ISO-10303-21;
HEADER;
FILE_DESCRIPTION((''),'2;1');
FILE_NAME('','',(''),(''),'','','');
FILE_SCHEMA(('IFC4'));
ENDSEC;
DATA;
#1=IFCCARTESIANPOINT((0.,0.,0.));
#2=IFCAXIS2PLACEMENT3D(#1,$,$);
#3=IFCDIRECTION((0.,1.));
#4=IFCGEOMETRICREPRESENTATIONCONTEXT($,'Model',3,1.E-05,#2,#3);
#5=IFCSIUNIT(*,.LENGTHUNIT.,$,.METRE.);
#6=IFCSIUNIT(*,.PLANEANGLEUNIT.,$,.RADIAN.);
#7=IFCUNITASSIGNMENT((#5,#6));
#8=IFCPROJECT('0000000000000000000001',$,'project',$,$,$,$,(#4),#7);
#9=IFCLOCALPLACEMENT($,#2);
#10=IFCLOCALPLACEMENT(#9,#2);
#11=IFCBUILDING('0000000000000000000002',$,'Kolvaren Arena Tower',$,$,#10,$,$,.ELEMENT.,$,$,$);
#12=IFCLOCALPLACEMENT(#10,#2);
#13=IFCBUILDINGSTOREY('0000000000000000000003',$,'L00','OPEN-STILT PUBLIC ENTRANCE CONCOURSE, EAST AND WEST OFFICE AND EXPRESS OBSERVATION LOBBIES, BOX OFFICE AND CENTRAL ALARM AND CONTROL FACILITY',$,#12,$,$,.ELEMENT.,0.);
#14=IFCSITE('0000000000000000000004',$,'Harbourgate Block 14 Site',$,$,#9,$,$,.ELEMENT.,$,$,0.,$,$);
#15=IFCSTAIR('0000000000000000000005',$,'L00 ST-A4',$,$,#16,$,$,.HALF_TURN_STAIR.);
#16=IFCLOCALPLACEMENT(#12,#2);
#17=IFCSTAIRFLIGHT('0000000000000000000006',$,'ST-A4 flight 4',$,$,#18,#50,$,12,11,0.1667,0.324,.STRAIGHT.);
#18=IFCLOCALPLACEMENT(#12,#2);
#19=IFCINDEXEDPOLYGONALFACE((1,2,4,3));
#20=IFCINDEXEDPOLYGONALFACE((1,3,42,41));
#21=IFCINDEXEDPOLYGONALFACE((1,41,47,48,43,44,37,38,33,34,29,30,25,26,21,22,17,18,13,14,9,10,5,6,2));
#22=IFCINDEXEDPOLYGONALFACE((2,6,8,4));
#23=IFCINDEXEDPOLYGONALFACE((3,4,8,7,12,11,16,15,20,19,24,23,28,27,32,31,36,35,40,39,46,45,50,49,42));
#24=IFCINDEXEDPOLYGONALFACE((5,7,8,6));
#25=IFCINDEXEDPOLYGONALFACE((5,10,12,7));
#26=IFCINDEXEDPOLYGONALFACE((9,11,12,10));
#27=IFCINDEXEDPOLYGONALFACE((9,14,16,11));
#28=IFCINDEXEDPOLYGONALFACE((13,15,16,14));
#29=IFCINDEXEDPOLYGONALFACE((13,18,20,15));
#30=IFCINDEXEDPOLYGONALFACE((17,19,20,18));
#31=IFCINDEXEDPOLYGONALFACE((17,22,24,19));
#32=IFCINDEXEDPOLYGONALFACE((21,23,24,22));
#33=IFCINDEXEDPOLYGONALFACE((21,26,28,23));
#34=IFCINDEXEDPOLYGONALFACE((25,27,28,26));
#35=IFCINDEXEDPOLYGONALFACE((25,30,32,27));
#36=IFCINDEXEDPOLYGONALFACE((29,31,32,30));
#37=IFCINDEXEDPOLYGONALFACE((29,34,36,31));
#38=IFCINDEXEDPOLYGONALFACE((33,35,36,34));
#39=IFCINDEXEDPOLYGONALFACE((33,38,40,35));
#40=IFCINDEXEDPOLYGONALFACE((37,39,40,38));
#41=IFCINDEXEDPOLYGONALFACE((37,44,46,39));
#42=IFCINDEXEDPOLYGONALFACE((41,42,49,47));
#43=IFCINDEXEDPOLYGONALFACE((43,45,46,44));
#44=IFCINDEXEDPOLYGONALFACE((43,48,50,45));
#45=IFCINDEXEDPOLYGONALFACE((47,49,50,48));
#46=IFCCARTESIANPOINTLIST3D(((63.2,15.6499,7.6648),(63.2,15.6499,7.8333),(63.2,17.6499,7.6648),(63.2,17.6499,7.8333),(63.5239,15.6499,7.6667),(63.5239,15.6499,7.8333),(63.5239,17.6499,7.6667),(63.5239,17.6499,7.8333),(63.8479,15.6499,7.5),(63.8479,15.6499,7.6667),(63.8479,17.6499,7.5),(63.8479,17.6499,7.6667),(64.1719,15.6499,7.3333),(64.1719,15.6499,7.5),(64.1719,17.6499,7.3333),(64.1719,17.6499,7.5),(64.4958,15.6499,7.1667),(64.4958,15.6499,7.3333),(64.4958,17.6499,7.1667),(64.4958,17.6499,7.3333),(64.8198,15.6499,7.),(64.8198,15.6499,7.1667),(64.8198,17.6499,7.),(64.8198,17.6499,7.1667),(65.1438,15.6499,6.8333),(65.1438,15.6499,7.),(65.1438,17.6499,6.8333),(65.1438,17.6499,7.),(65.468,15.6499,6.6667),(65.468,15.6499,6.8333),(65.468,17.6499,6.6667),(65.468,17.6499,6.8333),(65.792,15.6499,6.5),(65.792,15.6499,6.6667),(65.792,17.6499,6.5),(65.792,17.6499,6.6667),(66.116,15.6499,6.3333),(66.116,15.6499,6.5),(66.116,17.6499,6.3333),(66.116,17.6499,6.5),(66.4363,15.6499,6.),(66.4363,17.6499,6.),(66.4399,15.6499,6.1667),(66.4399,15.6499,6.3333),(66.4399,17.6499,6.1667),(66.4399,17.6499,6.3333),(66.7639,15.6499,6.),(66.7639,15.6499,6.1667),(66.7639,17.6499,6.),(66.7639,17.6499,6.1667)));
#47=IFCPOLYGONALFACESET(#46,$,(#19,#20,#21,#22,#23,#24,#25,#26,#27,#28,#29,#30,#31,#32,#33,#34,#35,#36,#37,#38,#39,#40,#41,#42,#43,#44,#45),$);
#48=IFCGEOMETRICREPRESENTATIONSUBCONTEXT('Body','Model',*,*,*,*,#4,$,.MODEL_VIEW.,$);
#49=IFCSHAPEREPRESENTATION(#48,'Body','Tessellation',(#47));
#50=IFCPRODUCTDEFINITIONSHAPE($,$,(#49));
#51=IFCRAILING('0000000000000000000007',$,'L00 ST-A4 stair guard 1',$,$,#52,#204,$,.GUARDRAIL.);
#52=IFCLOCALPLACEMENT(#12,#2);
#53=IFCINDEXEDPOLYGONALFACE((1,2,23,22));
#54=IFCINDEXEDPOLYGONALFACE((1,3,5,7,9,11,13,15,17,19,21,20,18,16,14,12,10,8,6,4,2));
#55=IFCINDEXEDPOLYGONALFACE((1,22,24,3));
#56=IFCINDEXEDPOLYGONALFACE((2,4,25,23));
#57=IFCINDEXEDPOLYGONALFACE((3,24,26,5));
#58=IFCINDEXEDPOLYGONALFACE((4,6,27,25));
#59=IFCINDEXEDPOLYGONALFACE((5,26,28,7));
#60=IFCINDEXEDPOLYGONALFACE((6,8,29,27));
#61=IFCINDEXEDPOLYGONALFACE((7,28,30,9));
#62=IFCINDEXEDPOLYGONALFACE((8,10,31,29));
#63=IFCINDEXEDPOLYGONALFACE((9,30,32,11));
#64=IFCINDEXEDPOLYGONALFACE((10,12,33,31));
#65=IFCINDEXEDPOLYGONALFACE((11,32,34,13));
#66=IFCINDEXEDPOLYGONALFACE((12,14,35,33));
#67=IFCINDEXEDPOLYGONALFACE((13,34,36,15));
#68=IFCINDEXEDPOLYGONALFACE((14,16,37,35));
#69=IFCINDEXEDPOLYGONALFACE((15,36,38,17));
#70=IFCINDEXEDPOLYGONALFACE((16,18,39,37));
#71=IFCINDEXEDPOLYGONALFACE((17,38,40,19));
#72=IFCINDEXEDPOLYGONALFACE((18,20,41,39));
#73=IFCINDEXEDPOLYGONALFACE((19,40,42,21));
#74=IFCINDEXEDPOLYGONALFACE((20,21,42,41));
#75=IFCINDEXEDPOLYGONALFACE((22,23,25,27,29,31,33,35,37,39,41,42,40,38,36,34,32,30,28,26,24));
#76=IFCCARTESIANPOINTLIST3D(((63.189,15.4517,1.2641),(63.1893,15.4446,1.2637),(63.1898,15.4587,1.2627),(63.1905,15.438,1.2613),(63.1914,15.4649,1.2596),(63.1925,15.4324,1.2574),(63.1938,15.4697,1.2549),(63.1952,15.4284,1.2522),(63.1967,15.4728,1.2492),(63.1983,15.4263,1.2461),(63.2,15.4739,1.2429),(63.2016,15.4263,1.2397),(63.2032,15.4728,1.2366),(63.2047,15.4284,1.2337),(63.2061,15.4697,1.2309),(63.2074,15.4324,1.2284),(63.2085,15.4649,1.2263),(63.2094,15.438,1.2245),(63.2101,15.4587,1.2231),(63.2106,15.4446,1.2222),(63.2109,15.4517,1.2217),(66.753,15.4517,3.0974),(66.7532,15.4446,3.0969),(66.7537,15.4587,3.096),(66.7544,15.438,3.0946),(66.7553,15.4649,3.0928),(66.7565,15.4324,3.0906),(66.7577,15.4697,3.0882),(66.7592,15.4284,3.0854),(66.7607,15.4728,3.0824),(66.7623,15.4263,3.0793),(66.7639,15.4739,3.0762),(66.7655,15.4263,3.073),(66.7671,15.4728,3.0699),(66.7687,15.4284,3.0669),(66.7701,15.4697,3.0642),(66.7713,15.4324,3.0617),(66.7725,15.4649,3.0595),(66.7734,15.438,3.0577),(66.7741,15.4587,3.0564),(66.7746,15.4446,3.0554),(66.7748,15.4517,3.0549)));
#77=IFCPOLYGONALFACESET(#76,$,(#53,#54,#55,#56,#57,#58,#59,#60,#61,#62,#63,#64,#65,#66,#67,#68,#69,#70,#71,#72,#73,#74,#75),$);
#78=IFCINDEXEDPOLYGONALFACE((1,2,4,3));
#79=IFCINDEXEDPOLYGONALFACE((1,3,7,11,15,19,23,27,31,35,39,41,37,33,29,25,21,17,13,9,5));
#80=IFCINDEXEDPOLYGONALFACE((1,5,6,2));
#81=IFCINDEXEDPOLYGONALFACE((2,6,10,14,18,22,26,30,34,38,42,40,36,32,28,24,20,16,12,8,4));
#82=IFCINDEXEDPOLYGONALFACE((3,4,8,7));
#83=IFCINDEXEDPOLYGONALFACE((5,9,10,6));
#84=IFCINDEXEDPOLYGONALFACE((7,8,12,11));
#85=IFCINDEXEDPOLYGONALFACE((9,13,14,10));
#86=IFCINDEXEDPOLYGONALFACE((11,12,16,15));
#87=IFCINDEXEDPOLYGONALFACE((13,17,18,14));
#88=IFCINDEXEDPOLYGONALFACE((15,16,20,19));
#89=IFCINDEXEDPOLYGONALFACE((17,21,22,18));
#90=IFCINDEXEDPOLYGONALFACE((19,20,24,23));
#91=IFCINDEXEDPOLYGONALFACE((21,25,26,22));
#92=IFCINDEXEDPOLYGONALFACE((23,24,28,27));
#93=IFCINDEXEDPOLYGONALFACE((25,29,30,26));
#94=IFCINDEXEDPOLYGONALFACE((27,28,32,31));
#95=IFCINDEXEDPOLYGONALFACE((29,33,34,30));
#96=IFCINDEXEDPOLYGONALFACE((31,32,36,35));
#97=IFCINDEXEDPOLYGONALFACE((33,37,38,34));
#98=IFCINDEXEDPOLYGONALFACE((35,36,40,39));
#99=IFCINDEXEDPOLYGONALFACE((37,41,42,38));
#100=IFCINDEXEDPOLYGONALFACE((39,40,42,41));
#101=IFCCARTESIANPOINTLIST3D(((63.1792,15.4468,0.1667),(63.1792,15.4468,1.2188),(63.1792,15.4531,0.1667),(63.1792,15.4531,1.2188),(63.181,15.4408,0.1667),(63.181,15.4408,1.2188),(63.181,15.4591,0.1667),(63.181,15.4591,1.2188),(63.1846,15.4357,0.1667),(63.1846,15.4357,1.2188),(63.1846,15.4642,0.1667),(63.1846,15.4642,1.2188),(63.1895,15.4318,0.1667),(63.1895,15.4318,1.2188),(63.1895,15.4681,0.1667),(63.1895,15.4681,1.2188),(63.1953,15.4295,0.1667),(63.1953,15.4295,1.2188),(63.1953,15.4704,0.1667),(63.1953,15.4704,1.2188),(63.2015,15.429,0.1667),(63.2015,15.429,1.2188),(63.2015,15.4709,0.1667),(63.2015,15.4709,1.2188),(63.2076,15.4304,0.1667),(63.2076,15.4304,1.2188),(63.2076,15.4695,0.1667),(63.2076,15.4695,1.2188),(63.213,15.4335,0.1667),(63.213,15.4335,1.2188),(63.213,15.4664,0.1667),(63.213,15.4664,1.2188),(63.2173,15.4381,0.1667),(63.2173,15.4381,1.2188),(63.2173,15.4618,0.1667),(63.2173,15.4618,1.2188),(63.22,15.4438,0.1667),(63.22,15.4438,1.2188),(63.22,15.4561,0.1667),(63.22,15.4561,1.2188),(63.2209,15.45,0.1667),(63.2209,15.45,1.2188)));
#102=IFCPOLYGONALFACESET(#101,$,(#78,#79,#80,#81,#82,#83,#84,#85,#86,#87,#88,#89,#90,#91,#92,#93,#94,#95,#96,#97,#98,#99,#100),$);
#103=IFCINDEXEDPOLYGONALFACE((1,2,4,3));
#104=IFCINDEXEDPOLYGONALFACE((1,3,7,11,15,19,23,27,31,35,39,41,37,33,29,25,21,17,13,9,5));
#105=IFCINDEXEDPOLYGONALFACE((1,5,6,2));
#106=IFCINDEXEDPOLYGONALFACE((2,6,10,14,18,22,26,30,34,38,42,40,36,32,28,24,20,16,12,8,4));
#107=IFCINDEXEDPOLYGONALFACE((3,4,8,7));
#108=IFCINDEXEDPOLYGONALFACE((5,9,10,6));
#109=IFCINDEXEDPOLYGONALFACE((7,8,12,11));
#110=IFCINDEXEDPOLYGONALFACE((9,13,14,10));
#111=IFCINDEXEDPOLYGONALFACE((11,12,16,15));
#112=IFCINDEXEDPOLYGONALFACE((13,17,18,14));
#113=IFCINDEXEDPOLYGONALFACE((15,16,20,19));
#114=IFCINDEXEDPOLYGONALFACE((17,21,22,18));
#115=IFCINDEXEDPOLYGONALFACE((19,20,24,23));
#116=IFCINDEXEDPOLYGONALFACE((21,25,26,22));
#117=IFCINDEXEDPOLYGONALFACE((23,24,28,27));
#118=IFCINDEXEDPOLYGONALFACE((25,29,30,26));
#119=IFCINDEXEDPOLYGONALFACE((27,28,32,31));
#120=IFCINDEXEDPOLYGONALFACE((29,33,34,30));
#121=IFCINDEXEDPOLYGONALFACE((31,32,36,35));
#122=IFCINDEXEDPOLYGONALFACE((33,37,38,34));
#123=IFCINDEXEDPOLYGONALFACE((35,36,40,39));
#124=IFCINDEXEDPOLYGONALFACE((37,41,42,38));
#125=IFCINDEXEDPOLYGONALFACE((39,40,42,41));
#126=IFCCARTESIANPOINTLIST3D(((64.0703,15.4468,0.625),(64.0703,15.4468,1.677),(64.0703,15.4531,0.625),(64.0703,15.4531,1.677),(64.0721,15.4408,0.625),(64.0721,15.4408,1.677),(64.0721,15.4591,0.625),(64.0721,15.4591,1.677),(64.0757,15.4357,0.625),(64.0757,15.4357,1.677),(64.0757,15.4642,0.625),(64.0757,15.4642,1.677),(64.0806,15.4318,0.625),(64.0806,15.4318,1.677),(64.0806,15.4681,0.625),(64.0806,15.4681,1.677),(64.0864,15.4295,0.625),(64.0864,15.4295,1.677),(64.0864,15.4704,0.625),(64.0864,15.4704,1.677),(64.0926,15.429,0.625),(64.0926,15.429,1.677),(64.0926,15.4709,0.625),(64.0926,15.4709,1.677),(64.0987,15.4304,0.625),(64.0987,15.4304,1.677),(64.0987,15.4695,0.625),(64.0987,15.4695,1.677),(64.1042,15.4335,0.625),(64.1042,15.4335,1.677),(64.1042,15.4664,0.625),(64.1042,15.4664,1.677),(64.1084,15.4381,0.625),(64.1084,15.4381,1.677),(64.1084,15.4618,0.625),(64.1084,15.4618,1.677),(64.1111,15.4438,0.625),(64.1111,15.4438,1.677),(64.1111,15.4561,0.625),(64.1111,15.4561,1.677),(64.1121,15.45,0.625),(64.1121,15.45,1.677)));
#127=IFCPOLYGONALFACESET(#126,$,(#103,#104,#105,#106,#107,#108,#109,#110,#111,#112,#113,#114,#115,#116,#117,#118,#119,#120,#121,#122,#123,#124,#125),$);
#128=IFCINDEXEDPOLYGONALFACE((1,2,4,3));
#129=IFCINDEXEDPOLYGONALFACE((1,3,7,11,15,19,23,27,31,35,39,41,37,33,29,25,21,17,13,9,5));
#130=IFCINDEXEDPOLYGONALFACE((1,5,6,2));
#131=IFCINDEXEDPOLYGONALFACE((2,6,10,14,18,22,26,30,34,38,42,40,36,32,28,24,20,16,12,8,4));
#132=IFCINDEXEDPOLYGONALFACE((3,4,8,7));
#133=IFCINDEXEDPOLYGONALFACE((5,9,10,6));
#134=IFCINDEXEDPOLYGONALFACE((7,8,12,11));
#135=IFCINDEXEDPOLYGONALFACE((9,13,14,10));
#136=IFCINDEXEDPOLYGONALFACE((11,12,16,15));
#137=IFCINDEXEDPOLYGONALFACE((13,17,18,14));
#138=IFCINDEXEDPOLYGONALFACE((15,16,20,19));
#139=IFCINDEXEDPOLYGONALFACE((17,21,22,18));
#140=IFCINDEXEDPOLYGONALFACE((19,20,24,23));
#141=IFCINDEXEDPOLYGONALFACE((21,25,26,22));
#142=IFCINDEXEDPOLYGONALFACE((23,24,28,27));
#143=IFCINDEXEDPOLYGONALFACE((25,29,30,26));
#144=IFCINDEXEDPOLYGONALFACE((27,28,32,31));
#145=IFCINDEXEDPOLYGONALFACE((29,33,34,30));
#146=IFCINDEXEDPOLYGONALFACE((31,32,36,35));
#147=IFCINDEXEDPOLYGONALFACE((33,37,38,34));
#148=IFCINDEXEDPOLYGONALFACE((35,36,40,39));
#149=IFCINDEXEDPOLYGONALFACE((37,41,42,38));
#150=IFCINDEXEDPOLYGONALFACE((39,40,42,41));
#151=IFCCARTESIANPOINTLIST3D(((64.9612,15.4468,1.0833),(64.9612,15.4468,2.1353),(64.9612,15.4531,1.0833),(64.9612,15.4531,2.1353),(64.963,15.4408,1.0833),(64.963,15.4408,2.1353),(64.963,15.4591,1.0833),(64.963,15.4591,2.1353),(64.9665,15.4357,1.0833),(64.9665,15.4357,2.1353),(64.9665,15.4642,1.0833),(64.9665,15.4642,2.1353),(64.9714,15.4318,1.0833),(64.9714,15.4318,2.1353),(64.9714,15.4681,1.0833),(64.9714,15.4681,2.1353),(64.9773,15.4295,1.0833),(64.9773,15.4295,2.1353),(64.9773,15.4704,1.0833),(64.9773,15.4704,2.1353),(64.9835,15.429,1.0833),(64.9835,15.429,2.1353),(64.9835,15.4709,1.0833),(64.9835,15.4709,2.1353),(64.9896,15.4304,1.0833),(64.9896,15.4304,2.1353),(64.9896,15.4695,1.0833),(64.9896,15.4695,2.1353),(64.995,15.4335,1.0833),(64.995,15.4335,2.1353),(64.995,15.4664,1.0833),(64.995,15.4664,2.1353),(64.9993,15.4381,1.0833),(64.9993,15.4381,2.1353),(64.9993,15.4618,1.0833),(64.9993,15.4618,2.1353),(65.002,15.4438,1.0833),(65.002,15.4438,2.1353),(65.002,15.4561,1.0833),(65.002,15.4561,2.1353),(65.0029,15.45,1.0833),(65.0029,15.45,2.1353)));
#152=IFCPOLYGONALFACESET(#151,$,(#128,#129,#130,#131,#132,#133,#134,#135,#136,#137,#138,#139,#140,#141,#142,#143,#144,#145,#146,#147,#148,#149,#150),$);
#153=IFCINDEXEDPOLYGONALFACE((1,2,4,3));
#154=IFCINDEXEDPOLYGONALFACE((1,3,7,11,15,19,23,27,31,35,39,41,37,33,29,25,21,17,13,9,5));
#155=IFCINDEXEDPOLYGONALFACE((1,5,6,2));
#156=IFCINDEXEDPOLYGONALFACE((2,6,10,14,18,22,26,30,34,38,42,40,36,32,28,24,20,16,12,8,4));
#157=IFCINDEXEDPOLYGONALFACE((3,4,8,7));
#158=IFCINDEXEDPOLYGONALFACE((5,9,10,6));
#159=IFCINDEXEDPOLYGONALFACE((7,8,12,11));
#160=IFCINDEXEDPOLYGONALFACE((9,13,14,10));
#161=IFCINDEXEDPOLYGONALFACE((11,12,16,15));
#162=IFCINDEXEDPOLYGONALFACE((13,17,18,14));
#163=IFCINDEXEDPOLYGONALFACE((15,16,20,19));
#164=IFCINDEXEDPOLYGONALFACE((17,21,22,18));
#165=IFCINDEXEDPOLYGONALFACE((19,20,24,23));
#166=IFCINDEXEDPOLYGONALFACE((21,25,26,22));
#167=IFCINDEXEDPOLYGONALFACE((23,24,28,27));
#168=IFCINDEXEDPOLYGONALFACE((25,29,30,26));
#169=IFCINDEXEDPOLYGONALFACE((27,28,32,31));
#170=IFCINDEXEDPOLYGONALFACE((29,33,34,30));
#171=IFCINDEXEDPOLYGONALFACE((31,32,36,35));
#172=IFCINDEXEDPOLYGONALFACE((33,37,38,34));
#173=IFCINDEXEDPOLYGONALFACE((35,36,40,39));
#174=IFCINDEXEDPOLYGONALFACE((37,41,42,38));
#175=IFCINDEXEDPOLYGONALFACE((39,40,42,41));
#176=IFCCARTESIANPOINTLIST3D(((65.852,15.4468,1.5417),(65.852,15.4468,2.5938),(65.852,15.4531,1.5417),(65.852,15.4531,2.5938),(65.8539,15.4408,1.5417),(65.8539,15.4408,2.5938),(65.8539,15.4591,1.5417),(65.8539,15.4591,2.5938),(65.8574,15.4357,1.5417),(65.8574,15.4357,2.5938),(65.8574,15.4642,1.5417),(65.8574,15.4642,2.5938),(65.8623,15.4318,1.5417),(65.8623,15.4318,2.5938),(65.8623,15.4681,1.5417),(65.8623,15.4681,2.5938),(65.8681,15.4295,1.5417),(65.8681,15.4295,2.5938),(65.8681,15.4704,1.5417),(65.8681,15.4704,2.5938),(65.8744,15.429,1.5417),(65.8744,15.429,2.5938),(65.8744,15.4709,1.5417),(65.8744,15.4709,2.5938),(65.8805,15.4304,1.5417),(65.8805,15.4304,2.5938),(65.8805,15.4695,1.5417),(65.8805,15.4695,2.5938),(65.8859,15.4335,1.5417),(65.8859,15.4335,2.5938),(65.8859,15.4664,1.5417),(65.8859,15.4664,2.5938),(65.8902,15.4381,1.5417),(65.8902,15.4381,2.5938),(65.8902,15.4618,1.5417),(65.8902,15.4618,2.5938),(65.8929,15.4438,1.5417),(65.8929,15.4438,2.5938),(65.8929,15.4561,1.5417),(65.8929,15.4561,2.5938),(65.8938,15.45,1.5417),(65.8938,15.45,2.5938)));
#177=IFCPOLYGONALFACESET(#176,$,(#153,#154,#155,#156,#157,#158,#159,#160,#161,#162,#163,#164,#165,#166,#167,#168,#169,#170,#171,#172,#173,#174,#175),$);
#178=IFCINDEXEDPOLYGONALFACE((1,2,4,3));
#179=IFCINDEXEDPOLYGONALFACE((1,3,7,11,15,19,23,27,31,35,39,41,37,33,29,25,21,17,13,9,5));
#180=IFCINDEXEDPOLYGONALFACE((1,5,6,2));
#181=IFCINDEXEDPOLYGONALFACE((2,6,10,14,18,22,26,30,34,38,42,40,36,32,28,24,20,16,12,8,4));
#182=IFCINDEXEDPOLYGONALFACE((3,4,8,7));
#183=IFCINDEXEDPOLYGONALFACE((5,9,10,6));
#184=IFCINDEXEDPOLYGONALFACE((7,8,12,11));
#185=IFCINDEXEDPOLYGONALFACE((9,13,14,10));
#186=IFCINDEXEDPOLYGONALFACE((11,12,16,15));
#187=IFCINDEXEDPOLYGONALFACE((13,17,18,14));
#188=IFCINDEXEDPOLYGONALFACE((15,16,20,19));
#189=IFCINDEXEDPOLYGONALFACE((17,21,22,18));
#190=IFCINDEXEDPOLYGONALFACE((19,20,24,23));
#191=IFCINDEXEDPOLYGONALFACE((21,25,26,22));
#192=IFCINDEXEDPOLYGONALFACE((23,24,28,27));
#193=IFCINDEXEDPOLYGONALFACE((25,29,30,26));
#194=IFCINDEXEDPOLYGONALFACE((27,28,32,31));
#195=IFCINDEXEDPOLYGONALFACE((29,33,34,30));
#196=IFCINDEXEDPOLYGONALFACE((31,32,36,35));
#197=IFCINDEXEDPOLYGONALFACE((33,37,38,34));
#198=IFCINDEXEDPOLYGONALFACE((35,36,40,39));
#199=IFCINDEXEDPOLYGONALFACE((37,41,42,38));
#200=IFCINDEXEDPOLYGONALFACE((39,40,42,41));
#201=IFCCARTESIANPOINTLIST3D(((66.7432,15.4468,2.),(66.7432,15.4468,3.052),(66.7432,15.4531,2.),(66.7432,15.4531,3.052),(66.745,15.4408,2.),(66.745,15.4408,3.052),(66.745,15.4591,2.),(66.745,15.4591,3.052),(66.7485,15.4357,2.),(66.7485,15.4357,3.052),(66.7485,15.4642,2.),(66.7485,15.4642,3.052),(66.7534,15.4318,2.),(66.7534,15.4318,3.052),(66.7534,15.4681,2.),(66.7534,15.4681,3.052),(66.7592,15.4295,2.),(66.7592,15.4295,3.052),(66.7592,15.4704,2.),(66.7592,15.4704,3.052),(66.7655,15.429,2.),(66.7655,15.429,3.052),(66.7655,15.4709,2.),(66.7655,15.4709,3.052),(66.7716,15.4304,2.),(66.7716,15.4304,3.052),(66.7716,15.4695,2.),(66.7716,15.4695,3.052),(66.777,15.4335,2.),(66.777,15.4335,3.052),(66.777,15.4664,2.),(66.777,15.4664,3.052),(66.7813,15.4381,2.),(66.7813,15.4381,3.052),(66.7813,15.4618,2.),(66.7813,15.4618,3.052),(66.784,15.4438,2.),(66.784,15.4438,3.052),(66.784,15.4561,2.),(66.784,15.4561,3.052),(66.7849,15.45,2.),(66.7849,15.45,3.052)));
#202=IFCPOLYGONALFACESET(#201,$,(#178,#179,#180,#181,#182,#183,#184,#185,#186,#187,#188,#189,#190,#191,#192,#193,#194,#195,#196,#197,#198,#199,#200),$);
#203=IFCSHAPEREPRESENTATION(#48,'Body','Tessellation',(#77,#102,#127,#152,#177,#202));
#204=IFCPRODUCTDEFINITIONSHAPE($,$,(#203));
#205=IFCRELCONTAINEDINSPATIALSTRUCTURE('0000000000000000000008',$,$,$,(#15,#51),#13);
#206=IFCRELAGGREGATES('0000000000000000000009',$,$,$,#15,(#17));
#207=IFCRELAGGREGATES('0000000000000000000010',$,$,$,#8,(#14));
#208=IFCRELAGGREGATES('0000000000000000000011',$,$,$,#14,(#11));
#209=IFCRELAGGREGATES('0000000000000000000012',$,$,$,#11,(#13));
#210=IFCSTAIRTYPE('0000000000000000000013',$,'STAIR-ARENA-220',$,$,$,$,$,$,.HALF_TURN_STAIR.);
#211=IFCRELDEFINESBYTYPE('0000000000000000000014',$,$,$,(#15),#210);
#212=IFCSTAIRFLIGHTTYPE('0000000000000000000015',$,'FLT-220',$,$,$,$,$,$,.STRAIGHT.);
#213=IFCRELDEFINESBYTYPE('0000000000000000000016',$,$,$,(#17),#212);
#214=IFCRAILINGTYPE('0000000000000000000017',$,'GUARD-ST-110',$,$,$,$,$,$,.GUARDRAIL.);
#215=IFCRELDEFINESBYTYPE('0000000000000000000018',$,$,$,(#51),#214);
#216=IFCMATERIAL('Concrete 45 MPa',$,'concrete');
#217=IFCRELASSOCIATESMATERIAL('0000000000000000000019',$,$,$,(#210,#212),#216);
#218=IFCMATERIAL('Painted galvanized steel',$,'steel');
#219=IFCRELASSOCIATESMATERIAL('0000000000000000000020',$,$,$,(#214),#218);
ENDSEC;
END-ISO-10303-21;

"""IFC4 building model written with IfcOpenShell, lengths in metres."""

from ifc_helpers import new_model, si_unit, direction, frame, origin, origin_2d, place, context, subcontext, project, spatial, polyline, circle, outline, extrude, material, type_object, element, aggregate, save


model = new_model("IFC4")

# Units and contexts
model_context = context("Model", 3, precision=1e-05, world=origin(), true_north=direction((0.0, 1.0)))
body_context = subcontext(model_context, "Body", "Model", "MODEL_VIEW")
ifc_project = project(units=[si_unit("LENGTHUNIT", "METRE"), si_unit("PLANEANGLEUNIT", "RADIAN")], contexts=[model_context])

# Site, building, storey
site_placement = place(None, origin())
site = spatial("IfcSite", under=ifc_project, at=site_placement, Name="Harbourgate Block 14 Site", CompositionType="ELEMENT", RefElevation=0.0)
building_placement = place(site_placement, origin())
building = spatial("IfcBuilding", under=site, at=building_placement, Name="Kolvaren Arena Tower", CompositionType="ELEMENT")
storey_placement = place(building_placement, origin())
storey = spatial("IfcBuildingStorey", under=building, at=storey_placement, Name="L00", Description="OPEN-STILT PUBLIC ENTRANCE CONCOURSE, EAST AND WEST OFFICE AND EXPRESS OBSERVATION LOBBIES, BOX OFFICE AND CENTRAL ALARM AND CONTROL FACILITY", CompositionType="ELEMENT", Elevation=0.0)

# Shared definitions
ifc_material_1 = material(Name="Concrete 45 MPa", Category="concrete")

# Stair, stair flight
stair_type = type_object("IfcStairType", Name="STAIR-ARENA-220", PredefinedType="HALF_TURN_STAIR", material=ifc_material_1)
stair_placement = place(storey_placement, origin())
stair = element("IfcStair", 1, at=stair_placement, inside=storey, type_object=stair_type, Name="L00 ST-A4", PredefinedType="HALF_TURN_STAIR")
stair_flight_type = type_object("IfcStairFlightType", Name="FLT-220", PredefinedType="STRAIGHT", material=ifc_material_1)
stair_flight_1_placement = place(storey_placement, frame((66.7639, 16.6499, 6.0), z_axis=(0.0, 0.0, 1.0), x_axis=(-1.0, 0.0, 0.0)))
stair_flight_1 = element("IfcStairFlight", 2, at=stair_flight_1_placement, type_object=stair_flight_type, Name="ST-A4 flight 4", NumberOfRisers=12, NumberOfTreads=11, PredefinedType="STRAIGHT", RiserHeight=0.1667, TreadLength=0.324, context=body_context, shape_type="SweptSolid", body=[
    extrude(outline(polyline([(0.0, 0.0), (0.0, 0.1667), (0.324, 0.1667), (0.324, 0.3333), (0.6479, 0.3333), (0.6479, 0.5), (0.9719, 0.5), (0.9719, 0.6667), (1.2959, 0.6667), (1.2959, 0.8333), (1.6201, 0.8333), (1.6201, 1.0), (1.9441, 1.0), (1.9441, 1.1667), (2.2681, 1.1667), (2.2681, 1.3333), (2.592, 1.3333), (2.592, 1.5), (2.916, 1.5), (2.916, 1.6667), (3.24, 1.6667), (3.24, 1.8333), (3.564, 1.8333), (3.564, 2.0), (3.564, 1.6648), (0.3276, 0.0), (0.0, 0.0)])), frame((0.0, 1.0, 0.0), z_axis=(0.0, -1.0, 0.0), x_axis=(1.0, 0.0, 0.0)), (0.0, 0.0, 1.0), 2.0),
])
aggregate(stair, [stair_flight_1])

# Railing
ifc_material_2 = material(Name="Painted galvanized steel", Category="steel")
railing_type_1 = type_object("IfcRailingType", Name="GUARD-ST-110", PredefinedType="GUARDRAIL", material=ifc_material_2)
railing_1_placement = place(storey_placement, frame((63.2, 15.45, 0.1667)))
element("IfcRailing", 3, at=railing_1_placement, inside=storey, type_object=railing_type_1, Name="L00 ST-A4 stair guard 1", PredefinedType="GUARDRAIL", context=body_context, shape_type="SweptSolid", body=[
    extrude(circle(Radius=0.0239, at=origin_2d()), frame((0.0, 0.0, 1.0762), z_axis=(0.889252, 0.0, 0.457418), x_axis=(0.0, 1.0, 0.0)), (0.0, 0.0, 1.0), 4.0078),
    extrude(circle(Radius=0.021, at=origin_2d()), origin(), (0.0, 0.0, 1.0), 1.052),
    extrude(circle(Radius=0.021, at=origin_2d()), frame((0.8911, 0.0, 0.4583)), (0.0, 0.0, 1.0), 1.052),
    extrude(circle(Radius=0.021, at=origin_2d()), frame((1.782, 0.0, 0.9165)), (0.0, 0.0, 1.0), 1.052),
    extrude(circle(Radius=0.021, at=origin_2d()), frame((2.6729, 0.0, 1.375)), (0.0, 0.0, 1.0), 1.052),
    extrude(circle(Radius=0.021, at=origin_2d()), frame((3.564, 0.0, 1.8333)), (0.0, 0.0, 1.0), 1.052),
])

save(model, "model.ifc")
